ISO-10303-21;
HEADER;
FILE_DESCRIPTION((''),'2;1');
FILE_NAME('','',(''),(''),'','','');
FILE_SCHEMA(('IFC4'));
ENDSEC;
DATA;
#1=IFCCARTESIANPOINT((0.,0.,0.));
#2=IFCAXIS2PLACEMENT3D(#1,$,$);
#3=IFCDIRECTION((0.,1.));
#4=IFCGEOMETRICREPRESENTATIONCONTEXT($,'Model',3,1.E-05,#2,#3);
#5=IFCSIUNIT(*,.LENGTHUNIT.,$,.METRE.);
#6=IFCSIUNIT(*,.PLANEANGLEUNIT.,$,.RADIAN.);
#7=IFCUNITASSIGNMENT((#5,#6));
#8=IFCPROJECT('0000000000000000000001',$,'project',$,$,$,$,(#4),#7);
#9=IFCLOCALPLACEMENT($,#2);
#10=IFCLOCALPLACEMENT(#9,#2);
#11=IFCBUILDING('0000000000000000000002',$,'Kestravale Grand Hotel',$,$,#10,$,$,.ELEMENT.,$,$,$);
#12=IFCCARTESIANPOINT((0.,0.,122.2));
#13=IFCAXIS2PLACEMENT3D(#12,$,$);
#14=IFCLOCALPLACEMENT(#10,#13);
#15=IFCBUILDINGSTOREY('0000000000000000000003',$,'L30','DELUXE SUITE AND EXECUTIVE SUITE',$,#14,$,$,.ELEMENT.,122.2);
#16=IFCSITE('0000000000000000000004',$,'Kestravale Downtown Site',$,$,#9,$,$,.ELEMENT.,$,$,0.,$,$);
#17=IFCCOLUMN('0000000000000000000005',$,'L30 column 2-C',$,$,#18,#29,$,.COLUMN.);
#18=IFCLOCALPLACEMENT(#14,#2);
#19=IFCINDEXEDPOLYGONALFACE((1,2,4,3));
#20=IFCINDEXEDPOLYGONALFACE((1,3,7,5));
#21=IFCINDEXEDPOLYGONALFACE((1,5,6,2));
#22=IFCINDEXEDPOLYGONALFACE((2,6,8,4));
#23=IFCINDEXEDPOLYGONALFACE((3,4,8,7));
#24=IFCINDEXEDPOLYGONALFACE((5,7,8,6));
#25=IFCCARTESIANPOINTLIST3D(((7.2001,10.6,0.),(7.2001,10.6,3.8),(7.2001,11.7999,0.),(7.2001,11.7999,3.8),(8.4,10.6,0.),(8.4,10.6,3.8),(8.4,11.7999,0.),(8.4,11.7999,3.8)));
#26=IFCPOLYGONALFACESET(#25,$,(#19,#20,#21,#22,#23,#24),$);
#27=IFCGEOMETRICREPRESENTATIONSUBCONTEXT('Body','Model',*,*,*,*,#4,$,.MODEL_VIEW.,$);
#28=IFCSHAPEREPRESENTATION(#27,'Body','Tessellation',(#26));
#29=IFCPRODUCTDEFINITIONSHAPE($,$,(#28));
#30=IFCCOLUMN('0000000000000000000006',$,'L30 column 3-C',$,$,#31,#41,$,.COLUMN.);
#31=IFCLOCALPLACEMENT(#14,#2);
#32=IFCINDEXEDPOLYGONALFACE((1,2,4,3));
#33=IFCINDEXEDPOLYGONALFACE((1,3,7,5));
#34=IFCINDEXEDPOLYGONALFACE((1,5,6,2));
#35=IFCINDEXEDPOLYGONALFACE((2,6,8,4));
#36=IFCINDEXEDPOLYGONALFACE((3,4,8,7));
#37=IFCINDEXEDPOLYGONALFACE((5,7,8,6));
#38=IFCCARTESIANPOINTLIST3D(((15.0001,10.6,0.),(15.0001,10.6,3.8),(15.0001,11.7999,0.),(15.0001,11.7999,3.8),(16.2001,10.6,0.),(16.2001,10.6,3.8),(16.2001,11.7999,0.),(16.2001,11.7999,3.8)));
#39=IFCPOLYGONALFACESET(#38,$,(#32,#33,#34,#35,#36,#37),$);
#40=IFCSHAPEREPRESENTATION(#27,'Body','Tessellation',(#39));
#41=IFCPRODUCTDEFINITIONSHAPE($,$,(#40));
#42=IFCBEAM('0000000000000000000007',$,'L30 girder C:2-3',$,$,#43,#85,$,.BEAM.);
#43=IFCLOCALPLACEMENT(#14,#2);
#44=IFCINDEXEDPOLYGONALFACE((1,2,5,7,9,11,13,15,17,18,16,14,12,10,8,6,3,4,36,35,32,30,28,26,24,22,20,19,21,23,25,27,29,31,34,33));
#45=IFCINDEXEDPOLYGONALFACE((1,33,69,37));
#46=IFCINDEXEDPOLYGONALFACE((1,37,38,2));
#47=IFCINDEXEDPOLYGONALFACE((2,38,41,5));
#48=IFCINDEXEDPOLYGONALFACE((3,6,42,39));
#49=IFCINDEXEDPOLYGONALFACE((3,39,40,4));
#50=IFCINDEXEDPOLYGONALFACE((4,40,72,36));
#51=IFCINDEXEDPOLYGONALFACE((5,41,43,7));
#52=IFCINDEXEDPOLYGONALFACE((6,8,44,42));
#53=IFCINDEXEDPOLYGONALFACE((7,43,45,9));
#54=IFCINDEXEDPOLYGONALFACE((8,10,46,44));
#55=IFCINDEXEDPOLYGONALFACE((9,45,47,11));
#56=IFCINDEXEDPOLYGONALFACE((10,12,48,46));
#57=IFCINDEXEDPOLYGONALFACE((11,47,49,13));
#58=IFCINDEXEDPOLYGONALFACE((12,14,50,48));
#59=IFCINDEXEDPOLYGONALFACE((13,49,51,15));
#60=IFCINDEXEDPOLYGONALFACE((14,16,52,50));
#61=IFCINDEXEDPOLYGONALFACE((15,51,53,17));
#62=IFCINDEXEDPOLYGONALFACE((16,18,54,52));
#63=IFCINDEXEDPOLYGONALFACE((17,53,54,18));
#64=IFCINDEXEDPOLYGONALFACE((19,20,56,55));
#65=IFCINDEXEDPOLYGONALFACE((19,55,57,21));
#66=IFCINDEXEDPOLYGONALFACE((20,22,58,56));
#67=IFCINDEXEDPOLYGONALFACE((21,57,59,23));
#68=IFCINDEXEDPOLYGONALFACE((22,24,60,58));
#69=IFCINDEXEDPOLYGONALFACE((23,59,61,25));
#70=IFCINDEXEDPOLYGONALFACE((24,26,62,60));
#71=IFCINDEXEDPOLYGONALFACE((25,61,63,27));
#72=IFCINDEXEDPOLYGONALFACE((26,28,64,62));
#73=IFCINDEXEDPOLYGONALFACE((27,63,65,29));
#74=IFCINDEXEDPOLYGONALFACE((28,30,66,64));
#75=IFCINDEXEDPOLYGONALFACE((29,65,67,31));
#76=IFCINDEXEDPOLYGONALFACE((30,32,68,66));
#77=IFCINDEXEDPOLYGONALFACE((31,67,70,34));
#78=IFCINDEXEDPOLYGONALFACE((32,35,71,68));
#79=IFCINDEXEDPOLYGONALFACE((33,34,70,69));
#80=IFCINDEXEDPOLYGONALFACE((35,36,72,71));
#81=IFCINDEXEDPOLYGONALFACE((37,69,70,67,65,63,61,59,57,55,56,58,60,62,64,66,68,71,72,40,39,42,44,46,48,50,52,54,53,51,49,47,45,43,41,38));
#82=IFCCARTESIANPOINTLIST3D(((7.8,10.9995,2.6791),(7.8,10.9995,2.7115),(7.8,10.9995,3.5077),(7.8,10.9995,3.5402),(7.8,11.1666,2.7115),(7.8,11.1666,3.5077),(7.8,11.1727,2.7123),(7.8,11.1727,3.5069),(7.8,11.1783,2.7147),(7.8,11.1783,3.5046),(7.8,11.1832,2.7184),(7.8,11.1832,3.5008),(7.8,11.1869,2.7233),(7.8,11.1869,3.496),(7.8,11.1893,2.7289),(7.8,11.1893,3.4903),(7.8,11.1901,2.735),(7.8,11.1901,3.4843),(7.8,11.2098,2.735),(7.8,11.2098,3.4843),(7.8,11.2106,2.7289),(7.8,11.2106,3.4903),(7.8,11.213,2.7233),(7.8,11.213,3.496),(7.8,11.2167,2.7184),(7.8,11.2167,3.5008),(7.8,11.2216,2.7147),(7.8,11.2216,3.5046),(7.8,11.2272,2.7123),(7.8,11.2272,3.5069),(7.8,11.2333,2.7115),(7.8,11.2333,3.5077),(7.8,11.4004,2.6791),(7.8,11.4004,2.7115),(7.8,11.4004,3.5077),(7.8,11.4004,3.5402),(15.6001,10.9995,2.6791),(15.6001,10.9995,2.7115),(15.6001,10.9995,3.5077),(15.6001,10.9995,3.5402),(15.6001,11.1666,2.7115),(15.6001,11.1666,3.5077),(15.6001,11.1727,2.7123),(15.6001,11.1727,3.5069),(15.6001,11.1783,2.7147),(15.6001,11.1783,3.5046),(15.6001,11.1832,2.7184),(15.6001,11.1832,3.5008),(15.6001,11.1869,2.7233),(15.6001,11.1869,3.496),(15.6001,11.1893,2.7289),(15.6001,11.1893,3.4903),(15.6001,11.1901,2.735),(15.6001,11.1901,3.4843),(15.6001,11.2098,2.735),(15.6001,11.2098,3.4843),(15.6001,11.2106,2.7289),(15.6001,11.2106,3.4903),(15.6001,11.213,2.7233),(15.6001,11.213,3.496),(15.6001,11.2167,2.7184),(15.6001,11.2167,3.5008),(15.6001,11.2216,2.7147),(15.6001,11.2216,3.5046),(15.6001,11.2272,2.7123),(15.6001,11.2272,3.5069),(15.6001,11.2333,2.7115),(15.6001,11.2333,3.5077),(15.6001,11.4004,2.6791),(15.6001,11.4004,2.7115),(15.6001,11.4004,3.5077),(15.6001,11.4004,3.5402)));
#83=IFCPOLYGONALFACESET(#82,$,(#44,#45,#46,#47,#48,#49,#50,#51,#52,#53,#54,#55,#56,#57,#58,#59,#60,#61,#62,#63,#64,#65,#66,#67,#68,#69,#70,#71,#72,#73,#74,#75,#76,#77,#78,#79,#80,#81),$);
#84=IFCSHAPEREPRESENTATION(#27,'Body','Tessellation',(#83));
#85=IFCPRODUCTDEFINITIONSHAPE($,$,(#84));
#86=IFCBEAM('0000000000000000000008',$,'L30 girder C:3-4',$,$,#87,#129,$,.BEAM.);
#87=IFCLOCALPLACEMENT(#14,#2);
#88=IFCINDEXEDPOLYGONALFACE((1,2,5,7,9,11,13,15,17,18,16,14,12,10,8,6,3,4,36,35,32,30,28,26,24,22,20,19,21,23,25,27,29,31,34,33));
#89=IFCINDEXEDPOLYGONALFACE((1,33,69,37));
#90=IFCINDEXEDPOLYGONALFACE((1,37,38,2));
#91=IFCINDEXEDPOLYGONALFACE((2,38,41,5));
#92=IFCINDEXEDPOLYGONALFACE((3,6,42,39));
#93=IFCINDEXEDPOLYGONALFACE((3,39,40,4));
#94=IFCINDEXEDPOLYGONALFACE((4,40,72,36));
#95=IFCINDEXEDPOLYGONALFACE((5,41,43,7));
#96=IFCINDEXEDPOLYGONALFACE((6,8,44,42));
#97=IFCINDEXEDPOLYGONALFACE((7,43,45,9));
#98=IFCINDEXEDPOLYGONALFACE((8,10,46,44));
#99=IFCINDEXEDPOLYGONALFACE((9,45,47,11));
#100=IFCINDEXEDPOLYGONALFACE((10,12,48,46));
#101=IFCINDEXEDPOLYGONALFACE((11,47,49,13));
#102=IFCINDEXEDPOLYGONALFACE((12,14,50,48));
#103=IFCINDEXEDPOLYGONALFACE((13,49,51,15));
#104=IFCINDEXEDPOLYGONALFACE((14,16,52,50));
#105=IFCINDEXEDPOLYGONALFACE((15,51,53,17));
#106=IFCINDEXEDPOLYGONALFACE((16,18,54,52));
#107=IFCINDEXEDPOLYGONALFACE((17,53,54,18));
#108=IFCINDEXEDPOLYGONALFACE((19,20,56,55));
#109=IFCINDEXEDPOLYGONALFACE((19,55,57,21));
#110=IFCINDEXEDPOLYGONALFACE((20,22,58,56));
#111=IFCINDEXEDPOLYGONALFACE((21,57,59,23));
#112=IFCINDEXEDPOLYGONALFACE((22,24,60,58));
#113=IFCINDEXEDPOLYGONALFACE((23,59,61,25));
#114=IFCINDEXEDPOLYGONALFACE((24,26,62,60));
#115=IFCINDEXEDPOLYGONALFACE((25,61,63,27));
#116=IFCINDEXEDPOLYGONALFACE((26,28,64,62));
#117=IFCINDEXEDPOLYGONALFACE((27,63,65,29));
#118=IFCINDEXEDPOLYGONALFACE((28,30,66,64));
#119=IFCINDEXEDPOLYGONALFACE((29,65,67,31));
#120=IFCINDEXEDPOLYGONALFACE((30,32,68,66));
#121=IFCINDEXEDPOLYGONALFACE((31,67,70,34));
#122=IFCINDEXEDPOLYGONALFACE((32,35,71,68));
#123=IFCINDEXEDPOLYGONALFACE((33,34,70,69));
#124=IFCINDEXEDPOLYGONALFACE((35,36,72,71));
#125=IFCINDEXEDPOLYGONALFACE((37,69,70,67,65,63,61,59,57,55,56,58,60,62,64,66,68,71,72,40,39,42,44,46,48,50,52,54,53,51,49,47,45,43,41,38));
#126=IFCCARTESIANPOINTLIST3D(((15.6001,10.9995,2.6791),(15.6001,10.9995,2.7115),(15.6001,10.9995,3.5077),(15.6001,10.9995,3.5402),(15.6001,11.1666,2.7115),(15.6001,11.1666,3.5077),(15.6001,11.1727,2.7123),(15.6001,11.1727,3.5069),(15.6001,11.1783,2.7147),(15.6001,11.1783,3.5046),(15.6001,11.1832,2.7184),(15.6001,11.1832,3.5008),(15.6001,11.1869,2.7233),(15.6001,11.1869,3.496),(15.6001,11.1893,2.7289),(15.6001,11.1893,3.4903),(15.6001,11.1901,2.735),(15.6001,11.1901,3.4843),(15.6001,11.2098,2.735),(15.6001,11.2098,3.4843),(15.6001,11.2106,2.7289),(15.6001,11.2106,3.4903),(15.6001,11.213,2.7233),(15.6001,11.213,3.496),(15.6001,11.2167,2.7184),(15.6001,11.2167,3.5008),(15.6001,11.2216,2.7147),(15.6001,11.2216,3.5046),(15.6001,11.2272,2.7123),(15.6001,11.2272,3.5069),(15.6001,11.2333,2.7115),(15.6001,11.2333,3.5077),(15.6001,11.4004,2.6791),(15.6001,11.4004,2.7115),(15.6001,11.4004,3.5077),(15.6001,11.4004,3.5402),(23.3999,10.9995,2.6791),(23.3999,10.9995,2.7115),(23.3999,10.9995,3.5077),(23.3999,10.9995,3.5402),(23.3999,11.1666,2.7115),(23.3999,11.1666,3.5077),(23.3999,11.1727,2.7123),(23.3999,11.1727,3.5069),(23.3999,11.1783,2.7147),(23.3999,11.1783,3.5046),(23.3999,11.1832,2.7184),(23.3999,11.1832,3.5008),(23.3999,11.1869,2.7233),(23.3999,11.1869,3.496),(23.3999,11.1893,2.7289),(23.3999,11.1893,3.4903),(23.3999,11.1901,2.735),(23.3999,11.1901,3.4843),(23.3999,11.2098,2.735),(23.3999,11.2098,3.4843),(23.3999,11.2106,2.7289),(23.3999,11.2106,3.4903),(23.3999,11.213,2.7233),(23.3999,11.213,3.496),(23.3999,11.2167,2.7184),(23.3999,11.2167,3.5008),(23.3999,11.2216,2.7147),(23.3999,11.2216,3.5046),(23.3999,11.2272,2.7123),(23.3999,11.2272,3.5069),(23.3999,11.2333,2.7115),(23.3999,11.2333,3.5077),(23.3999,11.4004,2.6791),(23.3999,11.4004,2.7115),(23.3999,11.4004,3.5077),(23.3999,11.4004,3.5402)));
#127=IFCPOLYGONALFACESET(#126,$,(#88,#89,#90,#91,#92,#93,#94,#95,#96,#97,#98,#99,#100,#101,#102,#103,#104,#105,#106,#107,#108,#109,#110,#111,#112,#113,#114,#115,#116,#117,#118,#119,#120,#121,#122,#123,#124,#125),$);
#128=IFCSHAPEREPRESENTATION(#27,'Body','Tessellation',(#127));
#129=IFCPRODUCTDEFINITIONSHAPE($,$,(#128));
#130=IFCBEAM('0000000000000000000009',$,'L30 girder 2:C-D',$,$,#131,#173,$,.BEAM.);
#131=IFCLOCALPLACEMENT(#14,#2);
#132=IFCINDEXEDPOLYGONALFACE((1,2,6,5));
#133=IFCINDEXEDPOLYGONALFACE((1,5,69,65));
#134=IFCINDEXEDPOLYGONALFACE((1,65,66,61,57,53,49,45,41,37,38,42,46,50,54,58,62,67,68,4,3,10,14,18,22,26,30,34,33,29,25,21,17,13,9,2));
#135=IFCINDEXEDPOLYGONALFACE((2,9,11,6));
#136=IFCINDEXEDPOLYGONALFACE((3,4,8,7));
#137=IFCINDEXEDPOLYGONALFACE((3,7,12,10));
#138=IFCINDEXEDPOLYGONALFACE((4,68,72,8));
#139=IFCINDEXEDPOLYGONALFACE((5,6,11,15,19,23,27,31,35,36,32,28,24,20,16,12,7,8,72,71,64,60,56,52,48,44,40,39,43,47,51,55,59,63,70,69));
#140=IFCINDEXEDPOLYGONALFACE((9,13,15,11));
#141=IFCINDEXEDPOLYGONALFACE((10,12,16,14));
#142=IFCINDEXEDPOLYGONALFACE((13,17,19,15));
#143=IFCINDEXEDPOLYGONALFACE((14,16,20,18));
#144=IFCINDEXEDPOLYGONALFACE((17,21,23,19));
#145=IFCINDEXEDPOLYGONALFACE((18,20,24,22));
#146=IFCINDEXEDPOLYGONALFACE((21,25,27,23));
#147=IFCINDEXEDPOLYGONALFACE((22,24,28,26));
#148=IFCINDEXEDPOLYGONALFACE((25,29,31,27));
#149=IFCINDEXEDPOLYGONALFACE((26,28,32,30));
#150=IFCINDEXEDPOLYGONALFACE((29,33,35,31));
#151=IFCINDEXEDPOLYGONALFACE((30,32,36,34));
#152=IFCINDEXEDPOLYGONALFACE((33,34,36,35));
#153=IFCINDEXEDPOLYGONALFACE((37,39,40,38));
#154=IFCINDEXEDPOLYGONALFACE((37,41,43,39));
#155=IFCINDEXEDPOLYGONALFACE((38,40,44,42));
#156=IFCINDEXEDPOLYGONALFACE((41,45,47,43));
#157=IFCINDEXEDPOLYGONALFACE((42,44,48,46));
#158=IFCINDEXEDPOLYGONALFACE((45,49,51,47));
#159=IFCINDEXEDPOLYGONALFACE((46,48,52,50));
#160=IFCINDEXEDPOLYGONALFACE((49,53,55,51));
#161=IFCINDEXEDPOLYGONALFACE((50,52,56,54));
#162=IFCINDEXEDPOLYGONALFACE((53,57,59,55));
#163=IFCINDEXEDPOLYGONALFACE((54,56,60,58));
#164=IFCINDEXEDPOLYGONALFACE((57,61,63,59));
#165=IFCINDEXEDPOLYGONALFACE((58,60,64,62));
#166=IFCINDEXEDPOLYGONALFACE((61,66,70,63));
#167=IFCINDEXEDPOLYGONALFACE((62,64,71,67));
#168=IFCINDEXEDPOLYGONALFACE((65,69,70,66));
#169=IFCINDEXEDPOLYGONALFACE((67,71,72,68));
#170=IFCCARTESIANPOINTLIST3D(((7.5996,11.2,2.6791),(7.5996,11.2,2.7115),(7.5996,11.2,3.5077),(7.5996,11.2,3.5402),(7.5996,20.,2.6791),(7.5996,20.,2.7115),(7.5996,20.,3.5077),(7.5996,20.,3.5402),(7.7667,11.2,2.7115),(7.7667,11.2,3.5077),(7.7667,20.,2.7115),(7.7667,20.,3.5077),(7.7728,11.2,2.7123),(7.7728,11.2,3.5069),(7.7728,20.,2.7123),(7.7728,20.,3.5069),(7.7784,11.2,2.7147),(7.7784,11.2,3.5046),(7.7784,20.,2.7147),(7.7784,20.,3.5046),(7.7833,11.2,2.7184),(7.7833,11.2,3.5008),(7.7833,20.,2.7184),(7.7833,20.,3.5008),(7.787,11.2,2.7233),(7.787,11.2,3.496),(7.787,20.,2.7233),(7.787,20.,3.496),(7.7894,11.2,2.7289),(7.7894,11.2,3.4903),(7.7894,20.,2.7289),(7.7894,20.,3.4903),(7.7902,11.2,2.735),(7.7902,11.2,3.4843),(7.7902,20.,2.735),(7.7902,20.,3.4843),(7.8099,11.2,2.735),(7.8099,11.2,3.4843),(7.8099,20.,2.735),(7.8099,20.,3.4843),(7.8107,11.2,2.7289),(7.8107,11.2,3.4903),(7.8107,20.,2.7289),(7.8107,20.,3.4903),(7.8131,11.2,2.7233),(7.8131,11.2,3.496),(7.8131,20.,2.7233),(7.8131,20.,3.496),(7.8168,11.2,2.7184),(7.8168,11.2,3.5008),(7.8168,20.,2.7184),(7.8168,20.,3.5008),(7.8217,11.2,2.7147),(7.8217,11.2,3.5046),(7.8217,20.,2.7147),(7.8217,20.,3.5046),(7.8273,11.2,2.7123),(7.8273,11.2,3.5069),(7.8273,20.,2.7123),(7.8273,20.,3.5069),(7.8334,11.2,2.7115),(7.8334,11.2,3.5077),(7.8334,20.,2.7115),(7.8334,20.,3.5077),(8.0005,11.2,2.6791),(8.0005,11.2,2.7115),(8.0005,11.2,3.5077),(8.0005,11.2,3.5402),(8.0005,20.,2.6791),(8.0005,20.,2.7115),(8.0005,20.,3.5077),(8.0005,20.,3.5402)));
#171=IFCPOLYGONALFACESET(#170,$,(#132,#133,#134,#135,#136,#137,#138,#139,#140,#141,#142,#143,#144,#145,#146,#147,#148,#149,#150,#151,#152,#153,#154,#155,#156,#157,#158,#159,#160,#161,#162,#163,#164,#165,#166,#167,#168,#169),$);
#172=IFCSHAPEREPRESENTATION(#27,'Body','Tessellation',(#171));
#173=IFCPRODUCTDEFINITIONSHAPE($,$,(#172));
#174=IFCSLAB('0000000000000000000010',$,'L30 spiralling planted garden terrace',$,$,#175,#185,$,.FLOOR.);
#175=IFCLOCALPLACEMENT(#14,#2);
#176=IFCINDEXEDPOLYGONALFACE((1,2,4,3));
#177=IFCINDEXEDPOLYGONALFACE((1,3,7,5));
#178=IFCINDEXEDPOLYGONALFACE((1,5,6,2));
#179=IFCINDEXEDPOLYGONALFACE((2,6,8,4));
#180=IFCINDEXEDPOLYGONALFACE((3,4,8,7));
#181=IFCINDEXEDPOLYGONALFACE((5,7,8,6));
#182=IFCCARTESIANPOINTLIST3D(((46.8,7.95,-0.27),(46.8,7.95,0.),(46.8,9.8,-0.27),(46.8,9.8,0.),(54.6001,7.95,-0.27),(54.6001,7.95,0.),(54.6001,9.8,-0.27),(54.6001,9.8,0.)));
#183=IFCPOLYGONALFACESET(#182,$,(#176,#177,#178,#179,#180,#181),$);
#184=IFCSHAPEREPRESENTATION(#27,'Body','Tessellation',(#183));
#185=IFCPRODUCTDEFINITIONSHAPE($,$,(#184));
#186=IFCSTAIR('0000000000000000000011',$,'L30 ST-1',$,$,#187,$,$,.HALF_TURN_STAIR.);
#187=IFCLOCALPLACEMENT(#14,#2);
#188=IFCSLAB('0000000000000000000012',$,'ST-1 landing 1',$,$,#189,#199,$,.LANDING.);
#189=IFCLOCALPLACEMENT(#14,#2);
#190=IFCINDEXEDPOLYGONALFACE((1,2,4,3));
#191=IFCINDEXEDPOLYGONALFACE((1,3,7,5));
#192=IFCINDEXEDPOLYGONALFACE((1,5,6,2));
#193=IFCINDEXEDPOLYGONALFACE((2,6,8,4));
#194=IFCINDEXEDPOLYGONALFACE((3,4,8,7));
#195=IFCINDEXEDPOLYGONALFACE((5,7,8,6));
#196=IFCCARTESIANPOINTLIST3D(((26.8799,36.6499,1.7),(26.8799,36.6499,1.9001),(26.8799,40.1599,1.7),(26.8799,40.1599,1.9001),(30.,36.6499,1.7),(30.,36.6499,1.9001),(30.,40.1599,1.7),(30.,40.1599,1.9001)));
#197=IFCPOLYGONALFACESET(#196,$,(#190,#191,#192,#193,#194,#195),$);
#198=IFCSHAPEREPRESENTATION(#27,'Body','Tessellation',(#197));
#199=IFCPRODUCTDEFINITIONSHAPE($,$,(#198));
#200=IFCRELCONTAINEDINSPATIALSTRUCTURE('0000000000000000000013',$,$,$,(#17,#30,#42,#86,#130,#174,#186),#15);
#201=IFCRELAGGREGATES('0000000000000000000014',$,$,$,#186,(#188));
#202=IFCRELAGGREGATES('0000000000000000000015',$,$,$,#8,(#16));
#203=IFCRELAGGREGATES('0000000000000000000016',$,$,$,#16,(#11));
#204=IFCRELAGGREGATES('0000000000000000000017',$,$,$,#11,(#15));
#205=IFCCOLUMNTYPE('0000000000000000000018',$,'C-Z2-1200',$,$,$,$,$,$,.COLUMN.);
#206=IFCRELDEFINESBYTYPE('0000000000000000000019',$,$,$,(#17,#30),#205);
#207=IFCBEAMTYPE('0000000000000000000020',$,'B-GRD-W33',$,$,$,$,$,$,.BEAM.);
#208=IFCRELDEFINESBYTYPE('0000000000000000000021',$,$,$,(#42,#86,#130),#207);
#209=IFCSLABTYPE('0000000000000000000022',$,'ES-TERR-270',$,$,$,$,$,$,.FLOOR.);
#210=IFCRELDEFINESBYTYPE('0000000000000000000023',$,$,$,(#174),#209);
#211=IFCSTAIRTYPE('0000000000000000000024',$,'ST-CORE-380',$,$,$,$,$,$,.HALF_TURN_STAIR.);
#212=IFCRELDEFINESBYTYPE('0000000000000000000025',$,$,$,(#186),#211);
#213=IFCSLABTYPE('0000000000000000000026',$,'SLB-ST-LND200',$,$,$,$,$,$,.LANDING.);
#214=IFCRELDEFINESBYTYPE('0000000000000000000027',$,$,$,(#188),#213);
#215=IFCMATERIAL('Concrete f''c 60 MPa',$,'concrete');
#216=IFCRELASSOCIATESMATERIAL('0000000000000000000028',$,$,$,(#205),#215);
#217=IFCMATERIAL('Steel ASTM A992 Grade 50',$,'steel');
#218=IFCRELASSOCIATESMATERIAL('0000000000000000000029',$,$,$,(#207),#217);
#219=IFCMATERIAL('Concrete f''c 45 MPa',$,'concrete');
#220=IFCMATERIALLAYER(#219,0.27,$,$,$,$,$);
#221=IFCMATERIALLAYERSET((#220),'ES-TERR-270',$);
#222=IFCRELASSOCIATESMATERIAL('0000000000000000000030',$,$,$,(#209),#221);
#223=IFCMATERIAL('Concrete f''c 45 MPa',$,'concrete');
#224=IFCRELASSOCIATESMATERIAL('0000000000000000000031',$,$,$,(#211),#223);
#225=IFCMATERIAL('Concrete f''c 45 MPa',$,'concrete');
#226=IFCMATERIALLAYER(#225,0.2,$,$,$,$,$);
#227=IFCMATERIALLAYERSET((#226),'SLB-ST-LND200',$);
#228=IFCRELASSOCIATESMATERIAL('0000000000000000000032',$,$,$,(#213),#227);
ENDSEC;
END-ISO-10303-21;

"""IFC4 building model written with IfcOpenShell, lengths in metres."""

from ifc_helpers import new_model, si_unit, direction, frame, origin, origin_2d, place, context, subcontext, project, spatial, polyline, rectangle, i_section, outline, extrude, material, layer, layer_set, material_profile, profile_set, type_object, element, aggregate, save


model = new_model("IFC4")

# Units and contexts
model_context = context("Model", 3, precision=1e-05, world=origin(), true_north=direction((0.0, 1.0)))
body_context = subcontext(model_context, "Body", "Model", "MODEL_VIEW")
ifc_project = project(units=[si_unit("LENGTHUNIT", "METRE"), si_unit("PLANEANGLEUNIT", "RADIAN")], contexts=[model_context])

# Site, building, storey
site_placement = place(None, origin())
site = spatial("IfcSite", under=ifc_project, at=site_placement, Name="Kestravale Downtown Site", CompositionType="ELEMENT", RefElevation=0.0)
building_placement = place(site_placement, origin())
building = spatial("IfcBuilding", under=site, at=building_placement, Name="Kestravale Grand Hotel", CompositionType="ELEMENT")
storey_placement = place(building_placement, frame((0.0, 0.0, 122.2)))
storey = spatial("IfcBuildingStorey", under=building, at=storey_placement, Name="L30", Description="DELUXE SUITE AND EXECUTIVE SUITE", CompositionType="ELEMENT", Elevation=122.2)

# Columns
ifc_material_1 = material(Name="Concrete f'c 60 MPa", Category="concrete")
ifc_material_profile_1 = material_profile(ifc_material_1, rectangle(XDim=1.2, YDim=1.2, at=origin_2d()))
ifc_profile_set_1 = profile_set([ifc_material_profile_1], Name="Concrete f'c 60 MPa")
column_type = type_object("IfcColumnType", Name="C-Z2-1200", PredefinedType="COLUMN", material=ifc_profile_set_1)
for number, where, z_axis, x_axis, name in (
    (1, (7.8, 11.2, 0.0), (0.0, 0.0, 1.0), (1.0, 0.0, 0.0), "L30 column 2-C"),
    (2, (15.6001, 11.2, 0.0), (0.0, 0.0, 1.0), (1.0, 0.0, 0.0), "L30 column 3-C"),
):
    element("IfcColumn", number, at=place(storey_placement, frame(where, z_axis=z_axis, x_axis=x_axis)), inside=storey, type_object=column_type, Name=name, PredefinedType="COLUMN", context=body_context, shape_type="SweptSolid", body=[
        extrude(rectangle(XDim=1.2, YDim=1.2, at=origin_2d()), origin(), (0.0, 0.0, 1.0), 3.8),
    ])

# Beams
ifc_material_2 = material(Name="Steel ASTM A992 Grade 50", Category="steel")
ifc_material_profile_2 = material_profile(ifc_material_2, i_section(OverallWidth=0.4009, OverallDepth=0.8611, WebThickness=0.0198, FlangeThickness=0.0325, FilletRadius=0.0234, at=origin_2d()))
ifc_profile_set_2 = profile_set([ifc_material_profile_2], Name="Steel ASTM A992 Grade 50")
beam_type = type_object("IfcBeamType", Name="B-GRD-W33", PredefinedType="BEAM", material=ifc_profile_set_2)
beam_1_placement = place(storey_placement, frame((7.8, 11.2, 3.1096), z_axis=(1.0, 0.0, 0.0), x_axis=(0.0, 1.0, 0.0)))
element("IfcBeam", 3, at=beam_1_placement, inside=storey, type_object=beam_type, Name="L30 girder C:2-3", PredefinedType="BEAM", context=body_context, shape_type="SweptSolid", body=[
    extrude(i_section(OverallWidth=0.4009, OverallDepth=0.8611, WebThickness=0.0198, FlangeThickness=0.0325, FilletRadius=0.0234, at=origin_2d()), origin(), (0.0, 0.0, 1.0), 7.8),
])
beam_2_placement = place(storey_placement, frame((15.6001, 11.2, 3.1096), z_axis=(1.0, 0.0, 0.0), x_axis=(0.0, 1.0, 0.0)))
element("IfcBeam", 4, at=beam_2_placement, inside=storey, type_object=beam_type, Name="L30 girder C:3-4", PredefinedType="BEAM", context=body_context, shape_type="SweptSolid", body=[
    extrude(i_section(OverallWidth=0.4009, OverallDepth=0.8611, WebThickness=0.0198, FlangeThickness=0.0325, FilletRadius=0.0234, at=origin_2d()), origin(), (0.0, 0.0, 1.0), 7.7998),
])
beam_3_placement = place(storey_placement, frame((7.8, 11.2, 3.1096), z_axis=(0.0, 1.0, 0.0), x_axis=(-1.0, 0.0, 0.0)))
element("IfcBeam", 5, at=beam_3_placement, inside=storey, type_object=beam_type, Name="L30 girder 2:C-D", PredefinedType="BEAM", context=body_context, shape_type="SweptSolid", body=[
    extrude(i_section(OverallWidth=0.4009, OverallDepth=0.8611, WebThickness=0.0198, FlangeThickness=0.0325, FilletRadius=0.0234, at=origin_2d()), origin(), (0.0, 0.0, 1.0), 8.8),
])

# Slab
ifc_material_3 = material(Name="Concrete f'c 45 MPa", Category="concrete")
ifc_layer_1 = layer(ifc_material_3, 0.27)
ifc_layer_set_1 = layer_set([ifc_layer_1], Name="ES-TERR-270")
slab_type_1 = type_object("IfcSlabType", Name="ES-TERR-270", PredefinedType="FLOOR", material=ifc_layer_set_1)
slab_1_placement = place(storey_placement, frame((0.0, 0.0, -0.27)))
element("IfcSlab", 6, at=slab_1_placement, inside=storey, type_object=slab_type_1, Name="L30 spiralling planted garden terrace", PredefinedType="FLOOR", context=body_context, shape_type="SweptSolid", body=[
    extrude(outline(polyline([(46.8, 7.95), (54.6001, 7.95), (54.6001, 9.8), (46.8, 9.8), (46.8, 7.95)])), origin(), (0.0, 0.0, 1.0), 0.27),
])

# Stair, slab
ifc_material_4 = material(Name="Concrete f'c 45 MPa", Category="concrete")
stair_type = type_object("IfcStairType", Name="ST-CORE-380", PredefinedType="HALF_TURN_STAIR", material=ifc_material_4)
stair_1_placement = place(storey_placement, origin())
stair_1 = element("IfcStair", 7, at=stair_1_placement, inside=storey, type_object=stair_type, Name="L30 ST-1", PredefinedType="HALF_TURN_STAIR")
ifc_material_5 = material(Name="Concrete f'c 45 MPa", Category="concrete")
ifc_layer_2 = layer(ifc_material_5, 0.2)
ifc_layer_set_2 = layer_set([ifc_layer_2], Name="SLB-ST-LND200")
slab_type_2 = type_object("IfcSlabType", Name="SLB-ST-LND200", PredefinedType="LANDING", material=ifc_layer_set_2)
slab_2_placement = place(storey_placement, frame((0.0, 0.0, 1.7)))
slab_2 = element("IfcSlab", 8, at=slab_2_placement, type_object=slab_type_2, Name="ST-1 landing 1", PredefinedType="LANDING", context=body_context, shape_type="SweptSolid", body=[
    extrude(outline(polyline([(26.8799, 36.6499), (30.0, 36.6499), (30.0, 40.1599), (26.8799, 40.1599), (26.8799, 36.6499)])), origin(), (0.0, 0.0, 1.0), 0.2002),
])
aggregate(stair_1, [slab_2])

save(model, "model.ifc")
